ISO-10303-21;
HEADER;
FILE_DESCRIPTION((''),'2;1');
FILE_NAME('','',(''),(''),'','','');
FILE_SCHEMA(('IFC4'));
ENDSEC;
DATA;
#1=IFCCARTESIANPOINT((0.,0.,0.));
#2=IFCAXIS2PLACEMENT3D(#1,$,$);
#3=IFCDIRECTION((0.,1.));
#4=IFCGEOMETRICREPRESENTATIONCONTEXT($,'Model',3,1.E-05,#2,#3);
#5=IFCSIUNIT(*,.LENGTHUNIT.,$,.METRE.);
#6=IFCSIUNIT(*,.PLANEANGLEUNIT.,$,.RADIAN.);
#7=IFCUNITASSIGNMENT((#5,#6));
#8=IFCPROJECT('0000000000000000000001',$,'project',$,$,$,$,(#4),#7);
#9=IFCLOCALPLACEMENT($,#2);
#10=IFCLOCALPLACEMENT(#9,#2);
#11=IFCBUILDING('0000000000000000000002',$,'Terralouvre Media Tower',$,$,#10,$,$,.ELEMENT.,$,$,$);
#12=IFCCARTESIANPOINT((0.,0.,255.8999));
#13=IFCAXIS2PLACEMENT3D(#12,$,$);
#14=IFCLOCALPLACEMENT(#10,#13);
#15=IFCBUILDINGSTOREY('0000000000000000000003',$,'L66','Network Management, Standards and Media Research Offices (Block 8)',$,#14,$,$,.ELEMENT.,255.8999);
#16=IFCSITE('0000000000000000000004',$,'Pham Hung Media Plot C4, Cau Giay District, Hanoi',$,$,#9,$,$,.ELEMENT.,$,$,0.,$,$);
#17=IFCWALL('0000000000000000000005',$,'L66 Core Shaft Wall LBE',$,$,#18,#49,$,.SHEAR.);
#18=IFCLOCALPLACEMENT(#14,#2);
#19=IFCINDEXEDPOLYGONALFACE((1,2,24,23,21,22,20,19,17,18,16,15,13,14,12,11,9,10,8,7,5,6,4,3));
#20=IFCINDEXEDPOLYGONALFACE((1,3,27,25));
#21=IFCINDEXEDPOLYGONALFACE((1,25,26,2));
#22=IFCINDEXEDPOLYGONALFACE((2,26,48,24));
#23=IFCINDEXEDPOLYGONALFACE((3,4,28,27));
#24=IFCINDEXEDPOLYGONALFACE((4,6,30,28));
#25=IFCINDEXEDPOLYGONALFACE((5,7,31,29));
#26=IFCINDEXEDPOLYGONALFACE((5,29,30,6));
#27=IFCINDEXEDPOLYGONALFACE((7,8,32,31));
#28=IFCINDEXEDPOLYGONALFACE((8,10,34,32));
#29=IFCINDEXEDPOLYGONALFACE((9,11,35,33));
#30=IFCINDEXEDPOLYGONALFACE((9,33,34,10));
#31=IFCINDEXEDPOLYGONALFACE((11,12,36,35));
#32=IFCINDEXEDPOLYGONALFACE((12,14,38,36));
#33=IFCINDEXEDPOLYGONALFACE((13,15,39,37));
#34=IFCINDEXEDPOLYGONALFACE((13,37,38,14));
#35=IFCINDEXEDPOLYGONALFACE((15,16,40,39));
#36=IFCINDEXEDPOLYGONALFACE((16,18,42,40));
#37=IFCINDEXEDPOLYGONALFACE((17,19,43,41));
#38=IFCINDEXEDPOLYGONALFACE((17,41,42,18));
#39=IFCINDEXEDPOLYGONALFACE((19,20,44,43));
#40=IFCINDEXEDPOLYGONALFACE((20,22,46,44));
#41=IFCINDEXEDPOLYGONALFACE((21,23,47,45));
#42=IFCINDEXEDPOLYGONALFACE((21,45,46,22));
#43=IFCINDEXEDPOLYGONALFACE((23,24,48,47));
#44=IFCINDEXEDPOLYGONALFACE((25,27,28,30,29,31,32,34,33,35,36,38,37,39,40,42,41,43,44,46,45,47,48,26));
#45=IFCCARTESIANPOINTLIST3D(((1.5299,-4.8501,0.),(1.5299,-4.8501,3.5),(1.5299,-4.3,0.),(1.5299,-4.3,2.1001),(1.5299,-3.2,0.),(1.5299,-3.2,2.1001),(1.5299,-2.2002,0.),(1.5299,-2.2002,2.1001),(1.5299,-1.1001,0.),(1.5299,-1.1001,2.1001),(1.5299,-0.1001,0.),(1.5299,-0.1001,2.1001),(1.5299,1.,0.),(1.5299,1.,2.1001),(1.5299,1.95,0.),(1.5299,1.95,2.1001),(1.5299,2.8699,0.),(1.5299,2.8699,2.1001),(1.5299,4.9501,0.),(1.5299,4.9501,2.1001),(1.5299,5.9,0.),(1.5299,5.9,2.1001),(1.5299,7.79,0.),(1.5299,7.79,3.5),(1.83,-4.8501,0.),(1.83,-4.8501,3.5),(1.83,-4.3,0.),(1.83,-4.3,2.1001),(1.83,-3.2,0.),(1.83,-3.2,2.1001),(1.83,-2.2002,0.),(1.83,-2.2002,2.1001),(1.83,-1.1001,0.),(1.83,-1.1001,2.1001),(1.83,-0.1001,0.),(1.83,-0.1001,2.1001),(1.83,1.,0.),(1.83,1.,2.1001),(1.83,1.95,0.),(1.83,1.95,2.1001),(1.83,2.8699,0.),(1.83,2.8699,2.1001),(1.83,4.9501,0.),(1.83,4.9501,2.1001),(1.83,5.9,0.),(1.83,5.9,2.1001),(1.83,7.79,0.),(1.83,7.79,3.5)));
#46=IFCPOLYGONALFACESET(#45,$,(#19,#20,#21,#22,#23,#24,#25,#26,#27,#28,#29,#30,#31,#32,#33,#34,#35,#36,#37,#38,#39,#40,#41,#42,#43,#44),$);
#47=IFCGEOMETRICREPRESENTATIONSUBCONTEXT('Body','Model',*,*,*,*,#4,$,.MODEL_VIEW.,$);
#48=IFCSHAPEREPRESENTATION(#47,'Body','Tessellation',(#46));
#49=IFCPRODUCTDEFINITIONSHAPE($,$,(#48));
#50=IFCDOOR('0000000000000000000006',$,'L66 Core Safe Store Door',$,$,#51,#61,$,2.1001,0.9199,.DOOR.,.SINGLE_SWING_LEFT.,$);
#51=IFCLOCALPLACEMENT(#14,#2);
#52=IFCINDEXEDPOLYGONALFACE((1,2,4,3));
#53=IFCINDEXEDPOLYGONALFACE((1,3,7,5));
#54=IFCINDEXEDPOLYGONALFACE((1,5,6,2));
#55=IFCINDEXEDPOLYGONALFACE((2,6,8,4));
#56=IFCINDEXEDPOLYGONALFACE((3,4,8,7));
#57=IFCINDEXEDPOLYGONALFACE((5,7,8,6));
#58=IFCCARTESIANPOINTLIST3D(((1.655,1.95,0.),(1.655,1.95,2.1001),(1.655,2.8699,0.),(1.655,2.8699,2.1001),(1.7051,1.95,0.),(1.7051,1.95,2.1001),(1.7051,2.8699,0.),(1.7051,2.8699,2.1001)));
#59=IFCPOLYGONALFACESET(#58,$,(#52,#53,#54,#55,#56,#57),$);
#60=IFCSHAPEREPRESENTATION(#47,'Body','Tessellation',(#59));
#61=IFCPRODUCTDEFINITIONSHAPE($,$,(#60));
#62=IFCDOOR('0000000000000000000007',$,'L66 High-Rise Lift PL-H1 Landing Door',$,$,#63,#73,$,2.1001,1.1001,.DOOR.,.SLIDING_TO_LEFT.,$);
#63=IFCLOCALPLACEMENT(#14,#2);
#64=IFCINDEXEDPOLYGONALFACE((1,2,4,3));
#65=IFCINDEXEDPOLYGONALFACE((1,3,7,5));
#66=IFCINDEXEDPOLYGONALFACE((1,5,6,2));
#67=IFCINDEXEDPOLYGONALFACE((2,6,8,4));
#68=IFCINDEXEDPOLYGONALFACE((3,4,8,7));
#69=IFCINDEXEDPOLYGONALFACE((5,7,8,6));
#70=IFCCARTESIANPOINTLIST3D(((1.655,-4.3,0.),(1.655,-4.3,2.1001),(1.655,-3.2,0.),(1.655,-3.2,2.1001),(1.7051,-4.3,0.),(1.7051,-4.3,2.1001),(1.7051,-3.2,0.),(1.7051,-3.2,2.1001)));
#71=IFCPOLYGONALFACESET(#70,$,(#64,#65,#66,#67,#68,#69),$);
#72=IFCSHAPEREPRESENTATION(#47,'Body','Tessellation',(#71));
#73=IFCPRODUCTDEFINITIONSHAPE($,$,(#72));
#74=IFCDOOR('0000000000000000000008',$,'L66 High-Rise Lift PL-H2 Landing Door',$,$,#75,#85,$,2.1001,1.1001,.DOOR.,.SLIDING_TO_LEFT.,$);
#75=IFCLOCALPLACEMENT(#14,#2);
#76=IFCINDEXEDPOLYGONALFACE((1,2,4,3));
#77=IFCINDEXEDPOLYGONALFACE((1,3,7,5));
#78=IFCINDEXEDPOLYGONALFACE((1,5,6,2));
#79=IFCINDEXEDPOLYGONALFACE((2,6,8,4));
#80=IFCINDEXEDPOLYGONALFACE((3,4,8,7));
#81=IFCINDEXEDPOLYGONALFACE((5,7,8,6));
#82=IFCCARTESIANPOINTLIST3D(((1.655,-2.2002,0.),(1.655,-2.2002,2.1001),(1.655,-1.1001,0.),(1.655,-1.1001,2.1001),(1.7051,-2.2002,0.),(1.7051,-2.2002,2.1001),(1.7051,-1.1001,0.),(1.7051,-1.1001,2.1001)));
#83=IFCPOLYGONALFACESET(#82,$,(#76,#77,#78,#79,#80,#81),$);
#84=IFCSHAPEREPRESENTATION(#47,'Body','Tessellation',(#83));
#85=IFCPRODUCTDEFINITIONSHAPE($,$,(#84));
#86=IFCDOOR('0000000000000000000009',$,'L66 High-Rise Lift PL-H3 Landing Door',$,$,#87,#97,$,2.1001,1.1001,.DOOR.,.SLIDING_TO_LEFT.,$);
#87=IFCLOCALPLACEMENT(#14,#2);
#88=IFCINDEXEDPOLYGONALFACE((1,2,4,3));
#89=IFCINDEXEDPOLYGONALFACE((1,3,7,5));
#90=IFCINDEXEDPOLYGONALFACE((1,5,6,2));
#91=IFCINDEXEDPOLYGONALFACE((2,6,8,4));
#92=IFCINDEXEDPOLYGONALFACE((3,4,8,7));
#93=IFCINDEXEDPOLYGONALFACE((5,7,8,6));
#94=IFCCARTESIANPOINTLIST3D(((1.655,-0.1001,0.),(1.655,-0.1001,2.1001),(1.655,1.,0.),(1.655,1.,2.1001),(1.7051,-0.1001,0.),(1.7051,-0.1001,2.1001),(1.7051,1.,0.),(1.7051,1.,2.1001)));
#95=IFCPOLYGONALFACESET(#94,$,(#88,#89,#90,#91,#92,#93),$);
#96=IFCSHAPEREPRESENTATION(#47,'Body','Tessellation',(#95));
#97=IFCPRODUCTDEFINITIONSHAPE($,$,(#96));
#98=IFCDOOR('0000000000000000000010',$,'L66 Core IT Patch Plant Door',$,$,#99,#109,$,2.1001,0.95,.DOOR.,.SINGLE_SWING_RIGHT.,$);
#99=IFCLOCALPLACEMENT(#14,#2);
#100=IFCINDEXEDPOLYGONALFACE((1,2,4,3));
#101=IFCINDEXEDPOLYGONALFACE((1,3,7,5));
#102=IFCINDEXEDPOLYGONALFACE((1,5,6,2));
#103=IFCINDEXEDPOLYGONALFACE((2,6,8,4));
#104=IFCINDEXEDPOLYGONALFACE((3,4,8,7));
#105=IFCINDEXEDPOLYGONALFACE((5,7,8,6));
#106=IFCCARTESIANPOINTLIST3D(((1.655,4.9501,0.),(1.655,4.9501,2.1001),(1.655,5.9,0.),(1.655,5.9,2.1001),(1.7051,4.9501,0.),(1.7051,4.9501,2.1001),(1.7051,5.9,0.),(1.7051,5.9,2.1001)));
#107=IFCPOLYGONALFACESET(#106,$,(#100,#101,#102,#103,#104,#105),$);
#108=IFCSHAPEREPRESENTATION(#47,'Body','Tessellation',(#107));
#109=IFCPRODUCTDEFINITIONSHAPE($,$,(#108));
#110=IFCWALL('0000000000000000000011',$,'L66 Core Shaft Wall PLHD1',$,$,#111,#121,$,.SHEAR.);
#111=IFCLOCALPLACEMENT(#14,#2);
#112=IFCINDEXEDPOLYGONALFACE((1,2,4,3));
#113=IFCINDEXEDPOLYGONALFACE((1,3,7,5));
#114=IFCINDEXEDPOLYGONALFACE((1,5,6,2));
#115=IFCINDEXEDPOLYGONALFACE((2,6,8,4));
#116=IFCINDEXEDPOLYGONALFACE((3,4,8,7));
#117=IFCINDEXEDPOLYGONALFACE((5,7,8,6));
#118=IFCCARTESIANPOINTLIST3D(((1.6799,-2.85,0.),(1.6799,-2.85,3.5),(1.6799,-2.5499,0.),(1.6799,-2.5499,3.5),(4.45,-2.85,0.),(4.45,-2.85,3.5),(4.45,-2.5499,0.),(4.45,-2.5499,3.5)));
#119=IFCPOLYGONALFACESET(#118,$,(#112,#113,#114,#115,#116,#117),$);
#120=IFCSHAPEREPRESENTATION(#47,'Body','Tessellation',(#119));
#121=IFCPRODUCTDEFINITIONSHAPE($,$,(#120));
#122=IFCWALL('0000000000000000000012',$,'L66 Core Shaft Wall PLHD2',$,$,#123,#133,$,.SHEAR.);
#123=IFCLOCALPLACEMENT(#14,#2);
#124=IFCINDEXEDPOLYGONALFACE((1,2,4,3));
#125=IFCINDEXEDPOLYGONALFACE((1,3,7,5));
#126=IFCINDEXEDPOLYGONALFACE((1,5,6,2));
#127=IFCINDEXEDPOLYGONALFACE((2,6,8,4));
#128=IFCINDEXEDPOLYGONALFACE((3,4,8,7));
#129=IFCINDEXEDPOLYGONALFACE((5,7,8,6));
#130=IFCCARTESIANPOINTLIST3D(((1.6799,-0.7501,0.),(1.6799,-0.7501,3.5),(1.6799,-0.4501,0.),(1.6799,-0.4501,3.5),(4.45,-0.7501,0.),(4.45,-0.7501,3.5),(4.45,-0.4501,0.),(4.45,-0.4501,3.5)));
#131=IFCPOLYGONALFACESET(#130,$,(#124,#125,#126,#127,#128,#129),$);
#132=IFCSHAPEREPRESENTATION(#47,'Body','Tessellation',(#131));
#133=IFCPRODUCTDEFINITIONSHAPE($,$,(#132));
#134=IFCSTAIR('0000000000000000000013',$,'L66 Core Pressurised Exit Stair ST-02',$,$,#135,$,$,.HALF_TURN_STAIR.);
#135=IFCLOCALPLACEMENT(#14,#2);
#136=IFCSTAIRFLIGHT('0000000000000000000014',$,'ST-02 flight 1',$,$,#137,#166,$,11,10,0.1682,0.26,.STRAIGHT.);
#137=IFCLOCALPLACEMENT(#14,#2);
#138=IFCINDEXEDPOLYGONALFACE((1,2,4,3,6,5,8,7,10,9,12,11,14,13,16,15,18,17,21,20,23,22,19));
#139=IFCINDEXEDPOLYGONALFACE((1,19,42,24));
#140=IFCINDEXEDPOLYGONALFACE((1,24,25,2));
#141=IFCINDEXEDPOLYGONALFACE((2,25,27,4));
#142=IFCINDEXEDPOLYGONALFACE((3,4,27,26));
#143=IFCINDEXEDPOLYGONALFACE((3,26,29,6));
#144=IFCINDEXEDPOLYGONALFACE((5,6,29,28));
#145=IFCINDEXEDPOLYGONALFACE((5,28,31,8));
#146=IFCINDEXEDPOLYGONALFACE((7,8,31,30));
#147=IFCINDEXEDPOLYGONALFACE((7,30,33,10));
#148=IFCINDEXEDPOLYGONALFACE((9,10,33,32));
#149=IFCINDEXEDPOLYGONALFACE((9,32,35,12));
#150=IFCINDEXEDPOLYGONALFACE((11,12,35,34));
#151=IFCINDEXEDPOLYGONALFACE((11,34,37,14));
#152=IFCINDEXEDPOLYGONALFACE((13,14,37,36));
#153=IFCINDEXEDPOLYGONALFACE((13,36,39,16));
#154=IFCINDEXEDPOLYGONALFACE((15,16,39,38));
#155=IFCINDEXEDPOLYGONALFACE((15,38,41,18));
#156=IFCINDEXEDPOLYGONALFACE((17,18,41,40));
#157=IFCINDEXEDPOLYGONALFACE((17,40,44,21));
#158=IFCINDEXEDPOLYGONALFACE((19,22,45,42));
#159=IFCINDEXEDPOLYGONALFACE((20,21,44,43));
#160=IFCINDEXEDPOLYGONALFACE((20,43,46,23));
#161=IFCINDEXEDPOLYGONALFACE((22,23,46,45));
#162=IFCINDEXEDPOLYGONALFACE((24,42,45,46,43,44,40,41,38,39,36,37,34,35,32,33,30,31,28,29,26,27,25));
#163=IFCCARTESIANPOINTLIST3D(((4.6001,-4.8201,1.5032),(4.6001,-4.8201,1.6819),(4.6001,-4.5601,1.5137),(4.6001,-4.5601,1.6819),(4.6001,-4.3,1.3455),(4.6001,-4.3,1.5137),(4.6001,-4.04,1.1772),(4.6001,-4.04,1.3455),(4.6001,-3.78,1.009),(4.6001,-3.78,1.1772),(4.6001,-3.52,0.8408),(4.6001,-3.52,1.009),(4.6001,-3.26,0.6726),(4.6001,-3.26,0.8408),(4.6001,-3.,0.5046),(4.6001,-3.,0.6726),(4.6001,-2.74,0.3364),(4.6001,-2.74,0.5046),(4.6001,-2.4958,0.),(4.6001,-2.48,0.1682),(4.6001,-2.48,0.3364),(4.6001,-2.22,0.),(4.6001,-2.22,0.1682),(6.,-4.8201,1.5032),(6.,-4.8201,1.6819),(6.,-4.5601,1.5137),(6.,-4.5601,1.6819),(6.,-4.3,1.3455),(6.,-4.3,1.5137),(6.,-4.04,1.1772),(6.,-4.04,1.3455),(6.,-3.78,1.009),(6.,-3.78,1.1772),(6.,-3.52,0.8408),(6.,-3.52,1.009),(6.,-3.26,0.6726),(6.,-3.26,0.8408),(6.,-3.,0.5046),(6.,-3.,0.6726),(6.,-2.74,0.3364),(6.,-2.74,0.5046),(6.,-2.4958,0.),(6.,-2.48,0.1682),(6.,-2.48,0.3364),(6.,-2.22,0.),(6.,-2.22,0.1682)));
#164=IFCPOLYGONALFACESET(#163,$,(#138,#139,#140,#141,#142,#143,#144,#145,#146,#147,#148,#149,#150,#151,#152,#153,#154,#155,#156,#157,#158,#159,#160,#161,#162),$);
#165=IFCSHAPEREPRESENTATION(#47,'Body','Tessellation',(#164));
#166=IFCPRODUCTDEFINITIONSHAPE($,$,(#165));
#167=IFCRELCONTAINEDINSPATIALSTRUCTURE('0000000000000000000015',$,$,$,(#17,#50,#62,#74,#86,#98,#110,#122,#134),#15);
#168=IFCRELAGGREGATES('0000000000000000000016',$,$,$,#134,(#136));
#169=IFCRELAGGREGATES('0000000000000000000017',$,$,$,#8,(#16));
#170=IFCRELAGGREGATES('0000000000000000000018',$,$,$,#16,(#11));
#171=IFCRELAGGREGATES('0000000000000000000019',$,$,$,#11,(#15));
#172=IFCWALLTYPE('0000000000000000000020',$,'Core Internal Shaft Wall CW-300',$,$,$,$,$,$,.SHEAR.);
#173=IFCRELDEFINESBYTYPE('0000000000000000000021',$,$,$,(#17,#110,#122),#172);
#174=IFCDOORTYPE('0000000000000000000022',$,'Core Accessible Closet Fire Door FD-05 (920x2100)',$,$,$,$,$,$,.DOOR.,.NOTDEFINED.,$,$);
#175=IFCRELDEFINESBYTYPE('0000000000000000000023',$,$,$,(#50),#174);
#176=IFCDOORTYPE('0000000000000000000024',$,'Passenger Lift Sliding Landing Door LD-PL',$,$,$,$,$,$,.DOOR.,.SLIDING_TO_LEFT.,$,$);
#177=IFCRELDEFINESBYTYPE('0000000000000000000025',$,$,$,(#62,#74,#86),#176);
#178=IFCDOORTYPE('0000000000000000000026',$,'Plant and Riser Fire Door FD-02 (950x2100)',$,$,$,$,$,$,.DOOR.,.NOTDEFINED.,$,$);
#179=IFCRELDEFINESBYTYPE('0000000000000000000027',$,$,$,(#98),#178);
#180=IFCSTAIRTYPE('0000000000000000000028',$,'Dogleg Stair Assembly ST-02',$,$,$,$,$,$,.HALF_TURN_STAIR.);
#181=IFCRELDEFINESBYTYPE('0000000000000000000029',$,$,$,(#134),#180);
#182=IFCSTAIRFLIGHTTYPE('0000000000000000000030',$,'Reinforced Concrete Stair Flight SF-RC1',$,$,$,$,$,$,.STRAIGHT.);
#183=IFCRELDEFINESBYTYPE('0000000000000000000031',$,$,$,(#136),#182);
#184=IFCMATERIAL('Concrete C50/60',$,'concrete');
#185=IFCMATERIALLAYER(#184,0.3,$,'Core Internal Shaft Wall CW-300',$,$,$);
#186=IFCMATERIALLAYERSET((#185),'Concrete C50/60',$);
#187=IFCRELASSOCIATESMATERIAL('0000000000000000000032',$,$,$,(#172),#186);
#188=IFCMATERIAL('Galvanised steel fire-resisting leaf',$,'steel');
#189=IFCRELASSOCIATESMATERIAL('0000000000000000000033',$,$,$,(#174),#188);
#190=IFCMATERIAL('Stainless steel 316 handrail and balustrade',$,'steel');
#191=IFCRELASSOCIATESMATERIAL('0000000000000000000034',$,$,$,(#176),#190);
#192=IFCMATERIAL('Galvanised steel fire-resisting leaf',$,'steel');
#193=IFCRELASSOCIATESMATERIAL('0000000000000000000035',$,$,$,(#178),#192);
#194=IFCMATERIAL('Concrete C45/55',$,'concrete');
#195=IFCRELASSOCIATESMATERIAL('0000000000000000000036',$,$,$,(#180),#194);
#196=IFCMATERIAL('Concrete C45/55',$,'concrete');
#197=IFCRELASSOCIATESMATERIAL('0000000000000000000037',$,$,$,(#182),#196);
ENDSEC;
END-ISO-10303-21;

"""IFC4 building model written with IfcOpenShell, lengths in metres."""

from ifc_helpers import new_model, si_unit, direction, frame, frame_2d, origin, place, context, subcontext, project, spatial, polyline, rectangle, outline, extrude, material, layer, layer_set, type_object, element, fill, aggregate, save


model = new_model("IFC4")

# Units and contexts
model_context = context("Model", 3, precision=1e-05, world=origin(), true_north=direction((0.0, 1.0)))
body_context = subcontext(model_context, "Body", "Model", "MODEL_VIEW")
ifc_project = project(units=[si_unit("LENGTHUNIT", "METRE"), si_unit("PLANEANGLEUNIT", "RADIAN")], contexts=[model_context])

# Site, building, storey
site_placement = place(None, origin())
site = spatial("IfcSite", under=ifc_project, at=site_placement, Name="Pham Hung Media Plot C4, Cau Giay District, Hanoi", CompositionType="ELEMENT", RefElevation=0.0)
building_placement = place(site_placement, origin())
building = spatial("IfcBuilding", under=site, at=building_placement, Name="Terralouvre Media Tower", CompositionType="ELEMENT")
storey_placement = place(building_placement, frame((0.0, 0.0, 255.8999)))
storey = spatial("IfcBuildingStorey", under=building, at=storey_placement, Name="L66", Description="Network Management, Standards and Media Research Offices (Block 8)", CompositionType="ELEMENT", Elevation=255.8999)

# Shared definitions
ifc_material_1 = material(Name="Concrete C50/60", Category="concrete")
ifc_layer_1 = layer(ifc_material_1, 0.3, Name="Core Internal Shaft Wall CW-300")
ifc_layer_set_1 = layer_set([ifc_layer_1], Name="Concrete C50/60")
wall_type = type_object("IfcWallType", Name="Core Internal Shaft Wall CW-300", PredefinedType="SHEAR", material=ifc_layer_set_1)

# Wall, openings, doors
wall_1_placement = place(storey_placement, frame((1.6799, -4.8501, 0.0), z_axis=(0.0, 0.0, 1.0), x_axis=(0.0, 1.0, 0.0)))
wall_1 = element("IfcWall", 1, at=wall_1_placement, inside=storey, type_object=wall_type, Name="L66 Core Shaft Wall LBE", PredefinedType="SHEAR", context=body_context, shape_type="SweptSolid", body=[
    extrude(rectangle(XDim=12.6401, YDim=0.3, at=frame_2d((6.3201, 0.0))), origin(), (0.0, 0.0, 1.0), 3.5),
])
opening_1_placement = place(wall_1_placement, frame((0.55, 0.0, 0.0)))
opening_1 = element("IfcOpeningElement", 2, at=opening_1_placement, cuts=wall_1, PredefinedType="OPENING", context=body_context, shape_type="SweptSolid", body=[
    extrude(rectangle(XDim=1.1001, YDim=2.1001, at=frame_2d((0.55, 1.05))), frame((0.0, 0.1599, 0.0), z_axis=(0.0, -1.0, 0.0), x_axis=(1.0, 0.0, 0.0)), (0.0, 0.0, 1.0), 0.3201),
])
opening_2_placement = place(wall_1_placement, frame((2.6499, 0.0, 0.0)))
opening_2 = element("IfcOpeningElement", 3, at=opening_2_placement, cuts=wall_1, PredefinedType="OPENING", context=body_context, shape_type="SweptSolid", body=[
    extrude(rectangle(XDim=1.1001, YDim=2.1001, at=frame_2d((0.55, 1.05))), frame((0.0, 0.1599, 0.0), z_axis=(0.0, -1.0, 0.0), x_axis=(1.0, 0.0, 0.0)), (0.0, 0.0, 1.0), 0.3201),
])
opening_3_placement = place(wall_1_placement, frame((4.75, 0.0, 0.0)))
opening_3 = element("IfcOpeningElement", 4, at=opening_3_placement, cuts=wall_1, PredefinedType="OPENING", context=body_context, shape_type="SweptSolid", body=[
    extrude(rectangle(XDim=1.1001, YDim=2.1001, at=frame_2d((0.55, 1.05))), frame((0.0, 0.1599, 0.0), z_axis=(0.0, -1.0, 0.0), x_axis=(1.0, 0.0, 0.0)), (0.0, 0.0, 1.0), 0.3201),
])
opening_4_placement = place(wall_1_placement, frame((6.8, 0.0, 0.0)))
opening_4 = element("IfcOpeningElement", 5, at=opening_4_placement, cuts=wall_1, PredefinedType="OPENING", context=body_context, shape_type="SweptSolid", body=[
    extrude(rectangle(XDim=0.9199, YDim=2.1001, at=frame_2d((0.46, 1.05))), frame((0.0, 0.1599, 0.0), z_axis=(0.0, -1.0, 0.0), x_axis=(1.0, 0.0, 0.0)), (0.0, 0.0, 1.0), 0.3201),
])
opening_5_placement = place(wall_1_placement, frame((9.8, 0.0, 0.0)))
opening_5 = element("IfcOpeningElement", 6, at=opening_5_placement, cuts=wall_1, PredefinedType="OPENING", context=body_context, shape_type="SweptSolid", body=[
    extrude(rectangle(XDim=0.95, YDim=2.1001, at=frame_2d((0.4751, 1.05))), frame((0.0, 0.1599, 0.0), z_axis=(0.0, -1.0, 0.0), x_axis=(1.0, 0.0, 0.0)), (0.0, 0.0, 1.0), 0.3201),
])
ifc_material_2 = material(Name="Galvanised steel fire-resisting leaf", Category="steel")
door_type_1 = type_object("IfcDoorType", Name="Core Accessible Closet Fire Door FD-05 (920x2100)", OperationType="NOTDEFINED", PredefinedType="DOOR", material=ifc_material_2)
door_1_placement = place(opening_4_placement, origin())
door_1 = element("IfcDoor", 7, at=door_1_placement, inside=storey, type_object=door_type_1, Name="L66 Core Safe Store Door", OperationType="SINGLE_SWING_LEFT", OverallHeight=2.1001, OverallWidth=0.9199, PredefinedType="DOOR", context=body_context, shape_type="SweptSolid", body=[
    extrude(rectangle(XDim=0.9199, YDim=2.1001, at=frame_2d((0.46, 1.05))), frame((0.0, 0.0249, 0.0), z_axis=(0.0, -1.0, 0.0), x_axis=(1.0, 0.0, 0.0)), (0.0, 0.0, 1.0), 0.05),
])
fill(opening_4, door_1)
ifc_material_3 = material(Name="Stainless steel 316 handrail and balustrade", Category="steel")
door_type_2 = type_object("IfcDoorType", Name="Passenger Lift Sliding Landing Door LD-PL", OperationType="SLIDING_TO_LEFT", PredefinedType="DOOR", material=ifc_material_3)
door_2_placement = place(opening_1_placement, origin())
door_2 = element("IfcDoor", 8, at=door_2_placement, inside=storey, type_object=door_type_2, Name="L66 High-Rise Lift PL-H1 Landing Door", OperationType="SLIDING_TO_LEFT", OverallHeight=2.1001, OverallWidth=1.1001, PredefinedType="DOOR", context=body_context, shape_type="SweptSolid", body=[
    extrude(rectangle(XDim=1.1001, YDim=2.1001, at=frame_2d((0.55, 1.05))), frame((0.0, 0.0249, 0.0), z_axis=(0.0, -1.0, 0.0), x_axis=(1.0, 0.0, 0.0)), (0.0, 0.0, 1.0), 0.05),
])
fill(opening_1, door_2)
door_3_placement = place(opening_2_placement, origin())
door_3 = element("IfcDoor", 9, at=door_3_placement, inside=storey, type_object=door_type_2, Name="L66 High-Rise Lift PL-H2 Landing Door", OperationType="SLIDING_TO_LEFT", OverallHeight=2.1001, OverallWidth=1.1001, PredefinedType="DOOR", context=body_context, shape_type="SweptSolid", body=[
    extrude(rectangle(XDim=1.1001, YDim=2.1001, at=frame_2d((0.55, 1.05))), frame((0.0, 0.0249, 0.0), z_axis=(0.0, -1.0, 0.0), x_axis=(1.0, 0.0, 0.0)), (0.0, 0.0, 1.0), 0.05),
])
fill(opening_2, door_3)
door_4_placement = place(opening_3_placement, origin())
door_4 = element("IfcDoor", 10, at=door_4_placement, inside=storey, type_object=door_type_2, Name="L66 High-Rise Lift PL-H3 Landing Door", OperationType="SLIDING_TO_LEFT", OverallHeight=2.1001, OverallWidth=1.1001, PredefinedType="DOOR", context=body_context, shape_type="SweptSolid", body=[
    extrude(rectangle(XDim=1.1001, YDim=2.1001, at=frame_2d((0.55, 1.05))), frame((0.0, 0.0249, 0.0), z_axis=(0.0, -1.0, 0.0), x_axis=(1.0, 0.0, 0.0)), (0.0, 0.0, 1.0), 0.05),
])
fill(opening_3, door_4)
ifc_material_4 = material(Name="Galvanised steel fire-resisting leaf", Category="steel")
door_type_3 = type_object("IfcDoorType", Name="Plant and Riser Fire Door FD-02 (950x2100)", OperationType="NOTDEFINED", PredefinedType="DOOR", material=ifc_material_4)
door_5_placement = place(opening_5_placement, origin())
door_5 = element("IfcDoor", 11, at=door_5_placement, inside=storey, type_object=door_type_3, Name="L66 Core IT Patch Plant Door", OperationType="SINGLE_SWING_RIGHT", OverallHeight=2.1001, OverallWidth=0.95, PredefinedType="DOOR", context=body_context, shape_type="SweptSolid", body=[
    extrude(rectangle(XDim=0.95, YDim=2.1001, at=frame_2d((0.4751, 1.05))), frame((0.0, 0.0249, 0.0), z_axis=(0.0, -1.0, 0.0), x_axis=(1.0, 0.0, 0.0)), (0.0, 0.0, 1.0), 0.05),
])
fill(opening_5, door_5)

# Walls
for number, where, z_axis, x_axis, name in (
    (12, (1.6799, -2.7, 0.0), (0.0, 0.0, 1.0), (1.0, 0.0, 0.0), "L66 Core Shaft Wall PLHD1"),
    (13, (1.6799, -0.6001, 0.0), (0.0, 0.0, 1.0), (1.0, 0.0, 0.0), "L66 Core Shaft Wall PLHD2"),
):
    element("IfcWall", number, at=place(storey_placement, frame(where, z_axis=z_axis, x_axis=x_axis)), inside=storey, type_object=wall_type, Name=name, PredefinedType="SHEAR", context=body_context, shape_type="SweptSolid", body=[
        extrude(rectangle(XDim=2.77, YDim=0.3, at=frame_2d((1.385, 0.0))), origin(), (0.0, 0.0, 1.0), 3.5),
    ])

# Stair, stair flight
ifc_material_5 = material(Name="Concrete C45/55", Category="concrete")
stair_type = type_object("IfcStairType", Name="Dogleg Stair Assembly ST-02", PredefinedType="HALF_TURN_STAIR", material=ifc_material_5)
stair_placement = place(storey_placement, origin())
stair = element("IfcStair", 14, at=stair_placement, inside=storey, type_object=stair_type, Name="L66 Core Pressurised Exit Stair ST-02", PredefinedType="HALF_TURN_STAIR")
ifc_material_6 = material(Name="Concrete C45/55", Category="concrete")
stair_flight_type = type_object("IfcStairFlightType", Name="Reinforced Concrete Stair Flight SF-RC1", PredefinedType="STRAIGHT", material=ifc_material_6)
stair_flight_1_placement = place(storey_placement, frame((5.3, -2.22, 0.0), z_axis=(0.0, 0.0, 1.0), x_axis=(0.0, -1.0, 0.0)))
stair_flight_1 = element("IfcStairFlight", 15, at=stair_flight_1_placement, type_object=stair_flight_type, Name="ST-02 flight 1", NumberOfRisers=11, NumberOfTreads=10, PredefinedType="STRAIGHT", RiserHeight=0.1682, TreadLength=0.26, context=body_context, shape_type="SweptSolid", body=[
    extrude(outline(polyline([(0.0, 0.0), (0.0, 0.1682), (0.26, 0.1682), (0.26, 0.3364), (0.52, 0.3364), (0.52, 0.5046), (0.78, 0.5046), (0.78, 0.6726), (1.04, 0.6726), (1.04, 0.8408), (1.3, 0.8408), (1.3, 1.009), (1.5601, 1.009), (1.5601, 1.1772), (1.8201, 1.1772), (1.8201, 1.3455), (2.0801, 1.3455), (2.0801, 1.5137), (2.3401, 1.5137), (2.3401, 1.6819), (2.6001, 1.6819), (2.6001, 1.8501), (2.6001, 1.5032), (0.2759, 0.0), (0.0, 0.0)])), frame((0.0, 0.7, 0.0), z_axis=(0.0, -1.0, 0.0), x_axis=(1.0, 0.0, 0.0)), (0.0, 0.0, 1.0), 1.3999),
])
aggregate(stair, [stair_flight_1])

save(model, "model.ifc")
